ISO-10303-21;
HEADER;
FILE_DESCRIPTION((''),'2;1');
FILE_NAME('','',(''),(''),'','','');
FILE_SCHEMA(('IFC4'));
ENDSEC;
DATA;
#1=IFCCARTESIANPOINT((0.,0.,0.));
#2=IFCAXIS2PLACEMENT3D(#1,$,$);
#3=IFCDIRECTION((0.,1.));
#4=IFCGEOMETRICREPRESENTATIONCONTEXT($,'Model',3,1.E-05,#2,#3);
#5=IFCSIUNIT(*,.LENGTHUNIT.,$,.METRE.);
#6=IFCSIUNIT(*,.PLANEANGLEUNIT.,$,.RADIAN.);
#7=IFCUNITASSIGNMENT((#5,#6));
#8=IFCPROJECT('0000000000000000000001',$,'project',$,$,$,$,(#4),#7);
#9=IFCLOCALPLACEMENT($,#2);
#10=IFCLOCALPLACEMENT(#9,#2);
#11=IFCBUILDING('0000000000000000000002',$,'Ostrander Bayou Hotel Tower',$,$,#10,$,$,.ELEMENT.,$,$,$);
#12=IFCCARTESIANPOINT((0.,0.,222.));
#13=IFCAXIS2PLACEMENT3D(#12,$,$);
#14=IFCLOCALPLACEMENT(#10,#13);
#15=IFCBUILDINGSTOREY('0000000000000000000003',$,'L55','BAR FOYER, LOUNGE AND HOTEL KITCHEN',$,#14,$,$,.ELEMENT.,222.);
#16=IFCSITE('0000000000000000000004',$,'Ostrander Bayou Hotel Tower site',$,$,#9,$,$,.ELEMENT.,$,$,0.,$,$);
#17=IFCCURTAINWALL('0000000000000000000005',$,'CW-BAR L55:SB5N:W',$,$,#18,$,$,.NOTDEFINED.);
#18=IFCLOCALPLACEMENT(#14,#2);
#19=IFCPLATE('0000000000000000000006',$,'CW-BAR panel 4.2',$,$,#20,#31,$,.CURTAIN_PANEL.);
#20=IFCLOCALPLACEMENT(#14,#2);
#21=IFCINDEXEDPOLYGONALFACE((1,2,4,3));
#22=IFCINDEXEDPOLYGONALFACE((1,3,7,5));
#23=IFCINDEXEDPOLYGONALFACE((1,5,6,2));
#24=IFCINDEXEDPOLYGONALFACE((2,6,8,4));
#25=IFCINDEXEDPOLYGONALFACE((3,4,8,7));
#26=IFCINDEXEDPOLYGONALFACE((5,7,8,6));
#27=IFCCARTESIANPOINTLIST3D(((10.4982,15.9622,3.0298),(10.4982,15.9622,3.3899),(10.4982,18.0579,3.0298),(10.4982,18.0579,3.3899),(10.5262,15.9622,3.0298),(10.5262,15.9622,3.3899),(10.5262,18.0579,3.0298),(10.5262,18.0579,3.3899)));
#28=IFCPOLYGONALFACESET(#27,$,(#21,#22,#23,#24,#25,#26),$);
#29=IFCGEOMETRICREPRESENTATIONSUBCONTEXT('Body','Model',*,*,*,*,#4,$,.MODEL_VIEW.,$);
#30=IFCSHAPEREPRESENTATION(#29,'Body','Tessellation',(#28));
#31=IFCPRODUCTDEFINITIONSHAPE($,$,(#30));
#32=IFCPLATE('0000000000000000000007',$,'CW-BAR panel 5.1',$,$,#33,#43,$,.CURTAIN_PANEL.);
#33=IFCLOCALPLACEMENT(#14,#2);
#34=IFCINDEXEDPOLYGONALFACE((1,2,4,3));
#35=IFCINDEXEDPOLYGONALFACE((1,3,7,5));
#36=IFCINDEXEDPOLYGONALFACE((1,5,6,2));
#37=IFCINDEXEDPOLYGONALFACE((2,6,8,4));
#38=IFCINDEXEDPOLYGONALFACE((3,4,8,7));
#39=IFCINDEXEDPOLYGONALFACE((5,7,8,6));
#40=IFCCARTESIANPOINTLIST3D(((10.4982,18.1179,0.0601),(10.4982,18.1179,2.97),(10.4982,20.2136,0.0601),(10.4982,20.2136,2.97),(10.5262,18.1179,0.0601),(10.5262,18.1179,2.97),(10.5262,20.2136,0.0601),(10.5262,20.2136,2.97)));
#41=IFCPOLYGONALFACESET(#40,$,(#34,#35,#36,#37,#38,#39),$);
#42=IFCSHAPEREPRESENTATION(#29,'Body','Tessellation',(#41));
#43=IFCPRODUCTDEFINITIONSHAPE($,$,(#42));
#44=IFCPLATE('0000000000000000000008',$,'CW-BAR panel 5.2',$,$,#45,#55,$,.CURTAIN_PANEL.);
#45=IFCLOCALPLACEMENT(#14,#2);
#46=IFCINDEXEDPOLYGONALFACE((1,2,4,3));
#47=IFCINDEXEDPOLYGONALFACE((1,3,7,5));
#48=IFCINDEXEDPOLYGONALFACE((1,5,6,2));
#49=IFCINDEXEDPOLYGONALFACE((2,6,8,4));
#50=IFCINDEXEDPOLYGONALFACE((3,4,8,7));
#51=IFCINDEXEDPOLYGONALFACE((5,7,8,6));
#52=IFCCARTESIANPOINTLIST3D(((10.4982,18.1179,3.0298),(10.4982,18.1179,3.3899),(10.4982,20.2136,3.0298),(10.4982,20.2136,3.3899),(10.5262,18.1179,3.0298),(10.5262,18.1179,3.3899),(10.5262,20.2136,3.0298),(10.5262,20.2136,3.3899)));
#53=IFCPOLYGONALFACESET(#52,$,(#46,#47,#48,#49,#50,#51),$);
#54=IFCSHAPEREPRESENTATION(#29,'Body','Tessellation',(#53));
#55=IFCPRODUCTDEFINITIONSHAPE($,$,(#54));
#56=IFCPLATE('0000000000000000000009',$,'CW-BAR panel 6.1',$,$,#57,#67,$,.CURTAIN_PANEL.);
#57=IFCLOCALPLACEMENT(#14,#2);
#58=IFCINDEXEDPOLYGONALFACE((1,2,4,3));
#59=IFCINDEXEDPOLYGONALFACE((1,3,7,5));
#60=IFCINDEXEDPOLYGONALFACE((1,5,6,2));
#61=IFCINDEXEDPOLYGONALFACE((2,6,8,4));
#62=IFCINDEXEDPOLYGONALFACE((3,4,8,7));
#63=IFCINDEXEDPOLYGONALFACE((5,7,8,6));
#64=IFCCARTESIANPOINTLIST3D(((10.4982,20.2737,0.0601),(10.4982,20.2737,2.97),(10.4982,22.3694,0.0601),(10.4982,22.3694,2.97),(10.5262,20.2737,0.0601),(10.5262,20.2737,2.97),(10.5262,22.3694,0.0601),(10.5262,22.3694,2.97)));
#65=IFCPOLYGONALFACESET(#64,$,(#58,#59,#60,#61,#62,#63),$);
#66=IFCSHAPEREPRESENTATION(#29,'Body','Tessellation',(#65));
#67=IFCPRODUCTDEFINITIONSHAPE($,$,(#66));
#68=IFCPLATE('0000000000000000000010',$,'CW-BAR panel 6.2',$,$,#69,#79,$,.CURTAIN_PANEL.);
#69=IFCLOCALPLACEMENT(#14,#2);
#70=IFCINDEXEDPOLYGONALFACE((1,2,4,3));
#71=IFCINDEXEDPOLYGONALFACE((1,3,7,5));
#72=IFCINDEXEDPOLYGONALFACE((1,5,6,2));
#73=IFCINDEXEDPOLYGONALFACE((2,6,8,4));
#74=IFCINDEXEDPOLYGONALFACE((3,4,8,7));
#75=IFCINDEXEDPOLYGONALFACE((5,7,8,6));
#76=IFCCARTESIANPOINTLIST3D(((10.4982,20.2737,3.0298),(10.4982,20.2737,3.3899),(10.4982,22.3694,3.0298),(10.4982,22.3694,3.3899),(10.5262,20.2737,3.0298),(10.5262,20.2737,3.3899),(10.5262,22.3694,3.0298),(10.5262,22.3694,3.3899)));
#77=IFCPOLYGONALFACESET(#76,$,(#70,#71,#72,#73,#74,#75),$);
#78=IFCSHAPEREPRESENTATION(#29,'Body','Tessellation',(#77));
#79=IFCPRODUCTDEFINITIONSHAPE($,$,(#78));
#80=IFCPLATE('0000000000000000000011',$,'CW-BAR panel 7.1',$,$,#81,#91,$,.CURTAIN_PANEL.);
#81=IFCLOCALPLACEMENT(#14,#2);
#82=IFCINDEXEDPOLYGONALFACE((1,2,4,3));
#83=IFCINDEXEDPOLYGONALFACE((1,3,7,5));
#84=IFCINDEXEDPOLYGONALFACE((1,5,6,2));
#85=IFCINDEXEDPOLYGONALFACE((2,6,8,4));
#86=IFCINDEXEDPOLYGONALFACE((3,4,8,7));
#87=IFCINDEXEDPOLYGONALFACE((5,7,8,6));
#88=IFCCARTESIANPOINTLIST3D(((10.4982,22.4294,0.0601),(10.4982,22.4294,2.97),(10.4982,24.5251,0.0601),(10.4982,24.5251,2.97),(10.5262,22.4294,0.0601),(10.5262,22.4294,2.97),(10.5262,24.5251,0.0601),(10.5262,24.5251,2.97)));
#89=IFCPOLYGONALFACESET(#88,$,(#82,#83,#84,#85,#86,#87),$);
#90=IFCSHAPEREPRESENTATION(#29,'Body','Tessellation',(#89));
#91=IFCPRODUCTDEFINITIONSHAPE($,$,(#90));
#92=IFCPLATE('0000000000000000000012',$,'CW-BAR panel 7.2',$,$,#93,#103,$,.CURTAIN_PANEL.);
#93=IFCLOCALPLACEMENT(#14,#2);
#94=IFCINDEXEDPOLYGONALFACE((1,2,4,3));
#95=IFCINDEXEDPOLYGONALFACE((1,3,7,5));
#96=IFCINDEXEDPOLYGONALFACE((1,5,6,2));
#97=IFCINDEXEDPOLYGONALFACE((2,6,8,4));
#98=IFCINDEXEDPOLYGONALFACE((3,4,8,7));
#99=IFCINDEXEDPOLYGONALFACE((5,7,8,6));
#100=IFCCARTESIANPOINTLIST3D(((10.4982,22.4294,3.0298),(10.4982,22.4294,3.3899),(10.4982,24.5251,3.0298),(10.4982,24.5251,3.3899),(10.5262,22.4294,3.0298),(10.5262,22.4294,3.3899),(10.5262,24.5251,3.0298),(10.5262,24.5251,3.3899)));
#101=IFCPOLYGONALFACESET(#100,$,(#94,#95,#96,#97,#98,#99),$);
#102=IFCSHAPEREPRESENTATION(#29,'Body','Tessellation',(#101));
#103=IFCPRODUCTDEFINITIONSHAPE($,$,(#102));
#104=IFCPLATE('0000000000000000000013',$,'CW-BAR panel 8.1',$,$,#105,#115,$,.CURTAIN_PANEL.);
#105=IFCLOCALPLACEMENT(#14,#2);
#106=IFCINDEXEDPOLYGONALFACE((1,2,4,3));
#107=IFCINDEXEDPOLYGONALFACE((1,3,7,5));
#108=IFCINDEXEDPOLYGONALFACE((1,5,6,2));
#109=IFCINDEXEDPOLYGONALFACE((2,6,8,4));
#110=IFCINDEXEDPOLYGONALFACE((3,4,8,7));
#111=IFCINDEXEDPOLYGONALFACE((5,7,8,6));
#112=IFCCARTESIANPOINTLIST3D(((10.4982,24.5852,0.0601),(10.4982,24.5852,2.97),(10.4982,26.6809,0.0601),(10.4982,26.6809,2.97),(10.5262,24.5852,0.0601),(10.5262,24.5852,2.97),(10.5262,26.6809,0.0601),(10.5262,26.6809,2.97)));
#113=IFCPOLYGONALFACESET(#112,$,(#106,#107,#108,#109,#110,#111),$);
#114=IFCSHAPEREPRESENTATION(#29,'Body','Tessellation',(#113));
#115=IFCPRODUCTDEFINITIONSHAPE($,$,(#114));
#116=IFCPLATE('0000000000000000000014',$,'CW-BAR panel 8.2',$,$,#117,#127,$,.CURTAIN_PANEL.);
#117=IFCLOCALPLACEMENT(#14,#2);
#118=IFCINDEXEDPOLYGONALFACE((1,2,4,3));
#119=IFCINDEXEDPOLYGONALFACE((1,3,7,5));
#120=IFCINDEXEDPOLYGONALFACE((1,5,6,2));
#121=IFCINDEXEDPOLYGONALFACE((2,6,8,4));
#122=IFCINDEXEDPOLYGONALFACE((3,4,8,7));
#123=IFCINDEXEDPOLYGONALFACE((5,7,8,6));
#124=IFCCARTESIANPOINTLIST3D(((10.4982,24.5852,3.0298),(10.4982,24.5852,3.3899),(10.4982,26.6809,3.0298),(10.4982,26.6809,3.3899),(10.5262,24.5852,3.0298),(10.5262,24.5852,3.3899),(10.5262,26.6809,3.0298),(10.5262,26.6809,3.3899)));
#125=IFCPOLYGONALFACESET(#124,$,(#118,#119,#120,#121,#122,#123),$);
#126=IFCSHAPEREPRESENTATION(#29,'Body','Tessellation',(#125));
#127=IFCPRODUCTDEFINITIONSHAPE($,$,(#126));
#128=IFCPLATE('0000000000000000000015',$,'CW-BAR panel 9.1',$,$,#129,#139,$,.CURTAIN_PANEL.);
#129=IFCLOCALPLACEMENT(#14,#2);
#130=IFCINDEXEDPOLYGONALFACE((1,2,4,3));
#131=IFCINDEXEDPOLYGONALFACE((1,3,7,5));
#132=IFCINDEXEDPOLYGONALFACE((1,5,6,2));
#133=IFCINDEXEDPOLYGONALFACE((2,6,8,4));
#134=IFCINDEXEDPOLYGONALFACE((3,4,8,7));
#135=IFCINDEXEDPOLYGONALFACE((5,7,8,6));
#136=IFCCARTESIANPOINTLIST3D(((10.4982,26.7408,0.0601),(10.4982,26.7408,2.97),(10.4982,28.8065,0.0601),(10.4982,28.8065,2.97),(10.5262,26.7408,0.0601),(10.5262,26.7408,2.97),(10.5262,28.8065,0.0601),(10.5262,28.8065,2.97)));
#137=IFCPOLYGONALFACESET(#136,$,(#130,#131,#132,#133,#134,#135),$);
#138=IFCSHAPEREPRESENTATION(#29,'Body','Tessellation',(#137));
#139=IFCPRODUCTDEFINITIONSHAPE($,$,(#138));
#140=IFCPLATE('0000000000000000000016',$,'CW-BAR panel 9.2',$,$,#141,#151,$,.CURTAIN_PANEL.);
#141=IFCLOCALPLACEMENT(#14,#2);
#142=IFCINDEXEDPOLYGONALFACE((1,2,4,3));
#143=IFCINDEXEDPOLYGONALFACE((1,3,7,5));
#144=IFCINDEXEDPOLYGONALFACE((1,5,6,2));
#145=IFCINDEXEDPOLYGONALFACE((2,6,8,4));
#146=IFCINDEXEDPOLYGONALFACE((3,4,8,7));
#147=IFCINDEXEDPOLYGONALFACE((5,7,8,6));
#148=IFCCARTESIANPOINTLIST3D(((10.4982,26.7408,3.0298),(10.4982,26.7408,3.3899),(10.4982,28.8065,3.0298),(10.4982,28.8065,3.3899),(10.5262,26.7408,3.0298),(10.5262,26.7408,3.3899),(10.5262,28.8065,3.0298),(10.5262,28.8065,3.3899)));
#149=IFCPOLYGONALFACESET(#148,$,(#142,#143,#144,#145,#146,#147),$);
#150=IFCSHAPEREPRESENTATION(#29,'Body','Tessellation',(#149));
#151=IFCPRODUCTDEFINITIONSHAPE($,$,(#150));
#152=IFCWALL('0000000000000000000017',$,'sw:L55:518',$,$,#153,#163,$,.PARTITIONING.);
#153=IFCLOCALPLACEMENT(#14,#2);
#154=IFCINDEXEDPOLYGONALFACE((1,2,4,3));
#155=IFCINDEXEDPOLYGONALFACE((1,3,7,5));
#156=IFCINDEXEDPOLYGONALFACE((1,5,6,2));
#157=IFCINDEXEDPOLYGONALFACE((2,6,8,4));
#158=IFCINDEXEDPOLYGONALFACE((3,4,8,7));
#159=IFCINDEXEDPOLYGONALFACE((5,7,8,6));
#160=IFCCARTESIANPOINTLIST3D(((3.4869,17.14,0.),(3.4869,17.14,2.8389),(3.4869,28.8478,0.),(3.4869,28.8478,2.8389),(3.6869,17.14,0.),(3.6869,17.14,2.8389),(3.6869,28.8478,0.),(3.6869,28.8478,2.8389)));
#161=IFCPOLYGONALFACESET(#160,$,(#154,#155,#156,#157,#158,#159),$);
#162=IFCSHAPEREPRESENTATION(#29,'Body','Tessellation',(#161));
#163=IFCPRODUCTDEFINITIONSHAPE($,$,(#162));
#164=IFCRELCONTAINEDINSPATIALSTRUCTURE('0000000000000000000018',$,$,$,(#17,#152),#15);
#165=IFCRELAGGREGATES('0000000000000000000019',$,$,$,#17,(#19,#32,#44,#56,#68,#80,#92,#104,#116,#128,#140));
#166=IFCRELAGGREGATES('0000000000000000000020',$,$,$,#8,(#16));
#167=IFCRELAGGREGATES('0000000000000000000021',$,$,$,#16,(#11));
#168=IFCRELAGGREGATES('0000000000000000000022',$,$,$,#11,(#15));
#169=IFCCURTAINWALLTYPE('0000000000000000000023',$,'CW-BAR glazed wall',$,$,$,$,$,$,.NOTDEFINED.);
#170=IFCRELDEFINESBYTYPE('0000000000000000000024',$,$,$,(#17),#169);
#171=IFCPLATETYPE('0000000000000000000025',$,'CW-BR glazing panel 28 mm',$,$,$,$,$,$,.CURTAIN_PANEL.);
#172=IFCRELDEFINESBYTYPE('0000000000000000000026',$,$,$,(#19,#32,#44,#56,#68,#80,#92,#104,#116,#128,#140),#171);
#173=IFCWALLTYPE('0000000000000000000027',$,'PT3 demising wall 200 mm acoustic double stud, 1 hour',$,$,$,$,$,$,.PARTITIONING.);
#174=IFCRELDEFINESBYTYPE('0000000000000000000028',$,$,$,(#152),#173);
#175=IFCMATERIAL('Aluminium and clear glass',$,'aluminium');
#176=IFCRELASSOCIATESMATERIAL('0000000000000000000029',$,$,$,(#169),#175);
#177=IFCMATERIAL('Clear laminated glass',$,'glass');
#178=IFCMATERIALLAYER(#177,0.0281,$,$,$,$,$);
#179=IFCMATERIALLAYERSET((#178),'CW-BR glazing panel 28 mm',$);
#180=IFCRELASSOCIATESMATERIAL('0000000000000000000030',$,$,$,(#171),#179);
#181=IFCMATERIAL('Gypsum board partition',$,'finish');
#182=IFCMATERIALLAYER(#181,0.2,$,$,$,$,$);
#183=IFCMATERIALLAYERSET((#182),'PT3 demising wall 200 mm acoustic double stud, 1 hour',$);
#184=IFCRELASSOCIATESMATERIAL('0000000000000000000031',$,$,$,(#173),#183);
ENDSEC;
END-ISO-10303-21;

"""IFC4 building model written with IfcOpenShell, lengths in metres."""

from ifc_helpers import new_model, si_unit, direction, frame, frame_2d, origin, origin_2d, place, context, subcontext, project, spatial, rectangle, extrude, material, layer, layer_set, type_object, element, aggregate, save


model = new_model("IFC4")

# Units and contexts
model_context = context("Model", 3, precision=1e-05, world=origin(), true_north=direction((0.0, 1.0)))
body_context = subcontext(model_context, "Body", "Model", "MODEL_VIEW")
ifc_project = project(units=[si_unit("LENGTHUNIT", "METRE"), si_unit("PLANEANGLEUNIT", "RADIAN")], contexts=[model_context])

# Site, building, storey
site_placement = place(None, origin())
site = spatial("IfcSite", under=ifc_project, at=site_placement, Name="Ostrander Bayou Hotel Tower site", CompositionType="ELEMENT", RefElevation=0.0)
building_placement = place(site_placement, origin())
building = spatial("IfcBuilding", under=site, at=building_placement, Name="Ostrander Bayou Hotel Tower", CompositionType="ELEMENT")
storey_placement = place(building_placement, frame((0.0, 0.0, 222.0)))
storey = spatial("IfcBuildingStorey", under=building, at=storey_placement, Name="L55", Description="BAR FOYER, LOUNGE AND HOTEL KITCHEN", CompositionType="ELEMENT", Elevation=222.0)

# Curtain wall
ifc_material_1 = material(Name="Aluminium and clear glass", Category="aluminium")
curtain_wall_type = type_object("IfcCurtainWallType", Name="CW-BAR glazed wall", PredefinedType="NOTDEFINED", material=ifc_material_1)
curtain_wall_placement = place(storey_placement, origin())
curtain_wall = element("IfcCurtainWall", 1, at=curtain_wall_placement, inside=storey, type_object=curtain_wall_type, Name="CW-BAR L55:SB5N:W", PredefinedType="NOTDEFINED")

# Plates
ifc_material_2 = material(Name="Clear laminated glass", Category="glass")
ifc_layer_1 = layer(ifc_material_2, 0.0281)
ifc_layer_set_1 = layer_set([ifc_layer_1], Name="CW-BR glazing panel 28 mm")
plate_type = type_object("IfcPlateType", Name="CW-BR glazing panel 28 mm", PredefinedType="CURTAIN_PANEL", material=ifc_layer_set_1)
plate_1_placement = place(storey_placement, frame((10.5122, 17.01, 3.0298), z_axis=(0.0, 0.0, 1.0), x_axis=(0.0, 1.0, 0.0)))
plate_1 = element("IfcPlate", 2, at=plate_1_placement, type_object=plate_type, Name="CW-BAR panel 4.2", PredefinedType="CURTAIN_PANEL", context=body_context, shape_type="SweptSolid", body=[
    extrude(rectangle(XDim=2.0957, YDim=0.0281, at=origin_2d()), origin(), (0.0, 0.0, 1.0), 0.3601),
])
plate_2_placement = place(storey_placement, frame((10.5122, 19.1658, 0.0601), z_axis=(0.0, 0.0, 1.0), x_axis=(0.0, 1.0, 0.0)))
plate_2 = element("IfcPlate", 3, at=plate_2_placement, type_object=plate_type, Name="CW-BAR panel 5.1", PredefinedType="CURTAIN_PANEL", context=body_context, shape_type="SweptSolid", body=[
    extrude(rectangle(XDim=2.0957, YDim=0.0281, at=origin_2d()), origin(), (0.0, 0.0, 1.0), 2.9099),
])
plate_3_placement = place(storey_placement, frame((10.5122, 19.1658, 3.0298), z_axis=(0.0, 0.0, 1.0), x_axis=(0.0, 1.0, 0.0)))
plate_3 = element("IfcPlate", 4, at=plate_3_placement, type_object=plate_type, Name="CW-BAR panel 5.2", PredefinedType="CURTAIN_PANEL", context=body_context, shape_type="SweptSolid", body=[
    extrude(rectangle(XDim=2.0957, YDim=0.0281, at=origin_2d()), origin(), (0.0, 0.0, 1.0), 0.3601),
])
plate_4_placement = place(storey_placement, frame((10.5122, 21.3215, 0.0601), z_axis=(0.0, 0.0, 1.0), x_axis=(0.0, 1.0, 0.0)))
plate_4 = element("IfcPlate", 5, at=plate_4_placement, type_object=plate_type, Name="CW-BAR panel 6.1", PredefinedType="CURTAIN_PANEL", context=body_context, shape_type="SweptSolid", body=[
    extrude(rectangle(XDim=2.0957, YDim=0.0281, at=origin_2d()), origin(), (0.0, 0.0, 1.0), 2.9099),
])
plate_5_placement = place(storey_placement, frame((10.5122, 21.3215, 3.0298), z_axis=(0.0, 0.0, 1.0), x_axis=(0.0, 1.0, 0.0)))
plate_5 = element("IfcPlate", 6, at=plate_5_placement, type_object=plate_type, Name="CW-BAR panel 6.2", PredefinedType="CURTAIN_PANEL", context=body_context, shape_type="SweptSolid", body=[
    extrude(rectangle(XDim=2.0957, YDim=0.0281, at=origin_2d()), origin(), (0.0, 0.0, 1.0), 0.3601),
])
plate_6_placement = place(storey_placement, frame((10.5122, 23.4773, 0.0601), z_axis=(0.0, 0.0, 1.0), x_axis=(0.0, 1.0, 0.0)))
plate_6 = element("IfcPlate", 7, at=plate_6_placement, type_object=plate_type, Name="CW-BAR panel 7.1", PredefinedType="CURTAIN_PANEL", context=body_context, shape_type="SweptSolid", body=[
    extrude(rectangle(XDim=2.0957, YDim=0.0281, at=origin_2d()), origin(), (0.0, 0.0, 1.0), 2.9099),
])
plate_7_placement = place(storey_placement, frame((10.5122, 23.4773, 3.0298), z_axis=(0.0, 0.0, 1.0), x_axis=(0.0, 1.0, 0.0)))
plate_7 = element("IfcPlate", 8, at=plate_7_placement, type_object=plate_type, Name="CW-BAR panel 7.2", PredefinedType="CURTAIN_PANEL", context=body_context, shape_type="SweptSolid", body=[
    extrude(rectangle(XDim=2.0957, YDim=0.0281, at=origin_2d()), origin(), (0.0, 0.0, 1.0), 0.3601),
])
plate_8_placement = place(storey_placement, frame((10.5122, 25.6331, 0.0601), z_axis=(0.0, 0.0, 1.0), x_axis=(0.0, 1.0, 0.0)))
plate_8 = element("IfcPlate", 9, at=plate_8_placement, type_object=plate_type, Name="CW-BAR panel 8.1", PredefinedType="CURTAIN_PANEL", context=body_context, shape_type="SweptSolid", body=[
    extrude(rectangle(XDim=2.0957, YDim=0.0281, at=origin_2d()), origin(), (0.0, 0.0, 1.0), 2.9099),
])
plate_9_placement = place(storey_placement, frame((10.5122, 25.6331, 3.0298), z_axis=(0.0, 0.0, 1.0), x_axis=(0.0, 1.0, 0.0)))
plate_9 = element("IfcPlate", 10, at=plate_9_placement, type_object=plate_type, Name="CW-BAR panel 8.2", PredefinedType="CURTAIN_PANEL", context=body_context, shape_type="SweptSolid", body=[
    extrude(rectangle(XDim=2.0957, YDim=0.0281, at=origin_2d()), origin(), (0.0, 0.0, 1.0), 0.3601),
])
plate_10_placement = place(storey_placement, frame((10.5122, 27.7737, 0.0601), z_axis=(0.0, 0.0, 1.0), x_axis=(0.0, 1.0, 0.0)))
plate_10 = element("IfcPlate", 11, at=plate_10_placement, type_object=plate_type, Name="CW-BAR panel 9.1", PredefinedType="CURTAIN_PANEL", context=body_context, shape_type="SweptSolid", body=[
    extrude(rectangle(XDim=2.0657, YDim=0.0281, at=origin_2d()), origin(), (0.0, 0.0, 1.0), 2.9099),
])
plate_11_placement = place(storey_placement, frame((10.5122, 27.7737, 3.0298), z_axis=(0.0, 0.0, 1.0), x_axis=(0.0, 1.0, 0.0)))
plate_11 = element("IfcPlate", 12, at=plate_11_placement, type_object=plate_type, Name="CW-BAR panel 9.2", PredefinedType="CURTAIN_PANEL", context=body_context, shape_type="SweptSolid", body=[
    extrude(rectangle(XDim=2.0657, YDim=0.0281, at=origin_2d()), origin(), (0.0, 0.0, 1.0), 0.3601),
])
aggregate(curtain_wall, [plate_1, plate_2, plate_3, plate_4, plate_5, plate_6, plate_7, plate_8, plate_9, plate_10, plate_11])

# Shared definitions
ifc_material_3 = material(Name="Gypsum board partition", Category="finish")
ifc_layer_2 = layer(ifc_material_3, 0.2)
ifc_layer_set_2 = layer_set([ifc_layer_2], Name="PT3 demising wall 200 mm acoustic double stud, 1 hour")
wall_type = type_object("IfcWallType", Name="PT3 demising wall 200 mm acoustic double stud, 1 hour", PredefinedType="PARTITIONING", material=ifc_layer_set_2)

# Wall
wall_1_placement = place(storey_placement, frame((3.5869, 17.1399, 0.0), z_axis=(0.0, 0.0, 1.0), x_axis=(0.0, 1.0, 0.0)))
element("IfcWall", 13, at=wall_1_placement, inside=storey, type_object=wall_type, Name="sw:L55:518", PredefinedType="PARTITIONING", context=body_context, shape_type="SweptSolid", body=[
    extrude(rectangle(XDim=11.7078, YDim=0.2, at=frame_2d((5.854, 0.0))), origin(), (0.0, 0.0, 1.0), 2.8389),
])

save(model, "model.ifc")
